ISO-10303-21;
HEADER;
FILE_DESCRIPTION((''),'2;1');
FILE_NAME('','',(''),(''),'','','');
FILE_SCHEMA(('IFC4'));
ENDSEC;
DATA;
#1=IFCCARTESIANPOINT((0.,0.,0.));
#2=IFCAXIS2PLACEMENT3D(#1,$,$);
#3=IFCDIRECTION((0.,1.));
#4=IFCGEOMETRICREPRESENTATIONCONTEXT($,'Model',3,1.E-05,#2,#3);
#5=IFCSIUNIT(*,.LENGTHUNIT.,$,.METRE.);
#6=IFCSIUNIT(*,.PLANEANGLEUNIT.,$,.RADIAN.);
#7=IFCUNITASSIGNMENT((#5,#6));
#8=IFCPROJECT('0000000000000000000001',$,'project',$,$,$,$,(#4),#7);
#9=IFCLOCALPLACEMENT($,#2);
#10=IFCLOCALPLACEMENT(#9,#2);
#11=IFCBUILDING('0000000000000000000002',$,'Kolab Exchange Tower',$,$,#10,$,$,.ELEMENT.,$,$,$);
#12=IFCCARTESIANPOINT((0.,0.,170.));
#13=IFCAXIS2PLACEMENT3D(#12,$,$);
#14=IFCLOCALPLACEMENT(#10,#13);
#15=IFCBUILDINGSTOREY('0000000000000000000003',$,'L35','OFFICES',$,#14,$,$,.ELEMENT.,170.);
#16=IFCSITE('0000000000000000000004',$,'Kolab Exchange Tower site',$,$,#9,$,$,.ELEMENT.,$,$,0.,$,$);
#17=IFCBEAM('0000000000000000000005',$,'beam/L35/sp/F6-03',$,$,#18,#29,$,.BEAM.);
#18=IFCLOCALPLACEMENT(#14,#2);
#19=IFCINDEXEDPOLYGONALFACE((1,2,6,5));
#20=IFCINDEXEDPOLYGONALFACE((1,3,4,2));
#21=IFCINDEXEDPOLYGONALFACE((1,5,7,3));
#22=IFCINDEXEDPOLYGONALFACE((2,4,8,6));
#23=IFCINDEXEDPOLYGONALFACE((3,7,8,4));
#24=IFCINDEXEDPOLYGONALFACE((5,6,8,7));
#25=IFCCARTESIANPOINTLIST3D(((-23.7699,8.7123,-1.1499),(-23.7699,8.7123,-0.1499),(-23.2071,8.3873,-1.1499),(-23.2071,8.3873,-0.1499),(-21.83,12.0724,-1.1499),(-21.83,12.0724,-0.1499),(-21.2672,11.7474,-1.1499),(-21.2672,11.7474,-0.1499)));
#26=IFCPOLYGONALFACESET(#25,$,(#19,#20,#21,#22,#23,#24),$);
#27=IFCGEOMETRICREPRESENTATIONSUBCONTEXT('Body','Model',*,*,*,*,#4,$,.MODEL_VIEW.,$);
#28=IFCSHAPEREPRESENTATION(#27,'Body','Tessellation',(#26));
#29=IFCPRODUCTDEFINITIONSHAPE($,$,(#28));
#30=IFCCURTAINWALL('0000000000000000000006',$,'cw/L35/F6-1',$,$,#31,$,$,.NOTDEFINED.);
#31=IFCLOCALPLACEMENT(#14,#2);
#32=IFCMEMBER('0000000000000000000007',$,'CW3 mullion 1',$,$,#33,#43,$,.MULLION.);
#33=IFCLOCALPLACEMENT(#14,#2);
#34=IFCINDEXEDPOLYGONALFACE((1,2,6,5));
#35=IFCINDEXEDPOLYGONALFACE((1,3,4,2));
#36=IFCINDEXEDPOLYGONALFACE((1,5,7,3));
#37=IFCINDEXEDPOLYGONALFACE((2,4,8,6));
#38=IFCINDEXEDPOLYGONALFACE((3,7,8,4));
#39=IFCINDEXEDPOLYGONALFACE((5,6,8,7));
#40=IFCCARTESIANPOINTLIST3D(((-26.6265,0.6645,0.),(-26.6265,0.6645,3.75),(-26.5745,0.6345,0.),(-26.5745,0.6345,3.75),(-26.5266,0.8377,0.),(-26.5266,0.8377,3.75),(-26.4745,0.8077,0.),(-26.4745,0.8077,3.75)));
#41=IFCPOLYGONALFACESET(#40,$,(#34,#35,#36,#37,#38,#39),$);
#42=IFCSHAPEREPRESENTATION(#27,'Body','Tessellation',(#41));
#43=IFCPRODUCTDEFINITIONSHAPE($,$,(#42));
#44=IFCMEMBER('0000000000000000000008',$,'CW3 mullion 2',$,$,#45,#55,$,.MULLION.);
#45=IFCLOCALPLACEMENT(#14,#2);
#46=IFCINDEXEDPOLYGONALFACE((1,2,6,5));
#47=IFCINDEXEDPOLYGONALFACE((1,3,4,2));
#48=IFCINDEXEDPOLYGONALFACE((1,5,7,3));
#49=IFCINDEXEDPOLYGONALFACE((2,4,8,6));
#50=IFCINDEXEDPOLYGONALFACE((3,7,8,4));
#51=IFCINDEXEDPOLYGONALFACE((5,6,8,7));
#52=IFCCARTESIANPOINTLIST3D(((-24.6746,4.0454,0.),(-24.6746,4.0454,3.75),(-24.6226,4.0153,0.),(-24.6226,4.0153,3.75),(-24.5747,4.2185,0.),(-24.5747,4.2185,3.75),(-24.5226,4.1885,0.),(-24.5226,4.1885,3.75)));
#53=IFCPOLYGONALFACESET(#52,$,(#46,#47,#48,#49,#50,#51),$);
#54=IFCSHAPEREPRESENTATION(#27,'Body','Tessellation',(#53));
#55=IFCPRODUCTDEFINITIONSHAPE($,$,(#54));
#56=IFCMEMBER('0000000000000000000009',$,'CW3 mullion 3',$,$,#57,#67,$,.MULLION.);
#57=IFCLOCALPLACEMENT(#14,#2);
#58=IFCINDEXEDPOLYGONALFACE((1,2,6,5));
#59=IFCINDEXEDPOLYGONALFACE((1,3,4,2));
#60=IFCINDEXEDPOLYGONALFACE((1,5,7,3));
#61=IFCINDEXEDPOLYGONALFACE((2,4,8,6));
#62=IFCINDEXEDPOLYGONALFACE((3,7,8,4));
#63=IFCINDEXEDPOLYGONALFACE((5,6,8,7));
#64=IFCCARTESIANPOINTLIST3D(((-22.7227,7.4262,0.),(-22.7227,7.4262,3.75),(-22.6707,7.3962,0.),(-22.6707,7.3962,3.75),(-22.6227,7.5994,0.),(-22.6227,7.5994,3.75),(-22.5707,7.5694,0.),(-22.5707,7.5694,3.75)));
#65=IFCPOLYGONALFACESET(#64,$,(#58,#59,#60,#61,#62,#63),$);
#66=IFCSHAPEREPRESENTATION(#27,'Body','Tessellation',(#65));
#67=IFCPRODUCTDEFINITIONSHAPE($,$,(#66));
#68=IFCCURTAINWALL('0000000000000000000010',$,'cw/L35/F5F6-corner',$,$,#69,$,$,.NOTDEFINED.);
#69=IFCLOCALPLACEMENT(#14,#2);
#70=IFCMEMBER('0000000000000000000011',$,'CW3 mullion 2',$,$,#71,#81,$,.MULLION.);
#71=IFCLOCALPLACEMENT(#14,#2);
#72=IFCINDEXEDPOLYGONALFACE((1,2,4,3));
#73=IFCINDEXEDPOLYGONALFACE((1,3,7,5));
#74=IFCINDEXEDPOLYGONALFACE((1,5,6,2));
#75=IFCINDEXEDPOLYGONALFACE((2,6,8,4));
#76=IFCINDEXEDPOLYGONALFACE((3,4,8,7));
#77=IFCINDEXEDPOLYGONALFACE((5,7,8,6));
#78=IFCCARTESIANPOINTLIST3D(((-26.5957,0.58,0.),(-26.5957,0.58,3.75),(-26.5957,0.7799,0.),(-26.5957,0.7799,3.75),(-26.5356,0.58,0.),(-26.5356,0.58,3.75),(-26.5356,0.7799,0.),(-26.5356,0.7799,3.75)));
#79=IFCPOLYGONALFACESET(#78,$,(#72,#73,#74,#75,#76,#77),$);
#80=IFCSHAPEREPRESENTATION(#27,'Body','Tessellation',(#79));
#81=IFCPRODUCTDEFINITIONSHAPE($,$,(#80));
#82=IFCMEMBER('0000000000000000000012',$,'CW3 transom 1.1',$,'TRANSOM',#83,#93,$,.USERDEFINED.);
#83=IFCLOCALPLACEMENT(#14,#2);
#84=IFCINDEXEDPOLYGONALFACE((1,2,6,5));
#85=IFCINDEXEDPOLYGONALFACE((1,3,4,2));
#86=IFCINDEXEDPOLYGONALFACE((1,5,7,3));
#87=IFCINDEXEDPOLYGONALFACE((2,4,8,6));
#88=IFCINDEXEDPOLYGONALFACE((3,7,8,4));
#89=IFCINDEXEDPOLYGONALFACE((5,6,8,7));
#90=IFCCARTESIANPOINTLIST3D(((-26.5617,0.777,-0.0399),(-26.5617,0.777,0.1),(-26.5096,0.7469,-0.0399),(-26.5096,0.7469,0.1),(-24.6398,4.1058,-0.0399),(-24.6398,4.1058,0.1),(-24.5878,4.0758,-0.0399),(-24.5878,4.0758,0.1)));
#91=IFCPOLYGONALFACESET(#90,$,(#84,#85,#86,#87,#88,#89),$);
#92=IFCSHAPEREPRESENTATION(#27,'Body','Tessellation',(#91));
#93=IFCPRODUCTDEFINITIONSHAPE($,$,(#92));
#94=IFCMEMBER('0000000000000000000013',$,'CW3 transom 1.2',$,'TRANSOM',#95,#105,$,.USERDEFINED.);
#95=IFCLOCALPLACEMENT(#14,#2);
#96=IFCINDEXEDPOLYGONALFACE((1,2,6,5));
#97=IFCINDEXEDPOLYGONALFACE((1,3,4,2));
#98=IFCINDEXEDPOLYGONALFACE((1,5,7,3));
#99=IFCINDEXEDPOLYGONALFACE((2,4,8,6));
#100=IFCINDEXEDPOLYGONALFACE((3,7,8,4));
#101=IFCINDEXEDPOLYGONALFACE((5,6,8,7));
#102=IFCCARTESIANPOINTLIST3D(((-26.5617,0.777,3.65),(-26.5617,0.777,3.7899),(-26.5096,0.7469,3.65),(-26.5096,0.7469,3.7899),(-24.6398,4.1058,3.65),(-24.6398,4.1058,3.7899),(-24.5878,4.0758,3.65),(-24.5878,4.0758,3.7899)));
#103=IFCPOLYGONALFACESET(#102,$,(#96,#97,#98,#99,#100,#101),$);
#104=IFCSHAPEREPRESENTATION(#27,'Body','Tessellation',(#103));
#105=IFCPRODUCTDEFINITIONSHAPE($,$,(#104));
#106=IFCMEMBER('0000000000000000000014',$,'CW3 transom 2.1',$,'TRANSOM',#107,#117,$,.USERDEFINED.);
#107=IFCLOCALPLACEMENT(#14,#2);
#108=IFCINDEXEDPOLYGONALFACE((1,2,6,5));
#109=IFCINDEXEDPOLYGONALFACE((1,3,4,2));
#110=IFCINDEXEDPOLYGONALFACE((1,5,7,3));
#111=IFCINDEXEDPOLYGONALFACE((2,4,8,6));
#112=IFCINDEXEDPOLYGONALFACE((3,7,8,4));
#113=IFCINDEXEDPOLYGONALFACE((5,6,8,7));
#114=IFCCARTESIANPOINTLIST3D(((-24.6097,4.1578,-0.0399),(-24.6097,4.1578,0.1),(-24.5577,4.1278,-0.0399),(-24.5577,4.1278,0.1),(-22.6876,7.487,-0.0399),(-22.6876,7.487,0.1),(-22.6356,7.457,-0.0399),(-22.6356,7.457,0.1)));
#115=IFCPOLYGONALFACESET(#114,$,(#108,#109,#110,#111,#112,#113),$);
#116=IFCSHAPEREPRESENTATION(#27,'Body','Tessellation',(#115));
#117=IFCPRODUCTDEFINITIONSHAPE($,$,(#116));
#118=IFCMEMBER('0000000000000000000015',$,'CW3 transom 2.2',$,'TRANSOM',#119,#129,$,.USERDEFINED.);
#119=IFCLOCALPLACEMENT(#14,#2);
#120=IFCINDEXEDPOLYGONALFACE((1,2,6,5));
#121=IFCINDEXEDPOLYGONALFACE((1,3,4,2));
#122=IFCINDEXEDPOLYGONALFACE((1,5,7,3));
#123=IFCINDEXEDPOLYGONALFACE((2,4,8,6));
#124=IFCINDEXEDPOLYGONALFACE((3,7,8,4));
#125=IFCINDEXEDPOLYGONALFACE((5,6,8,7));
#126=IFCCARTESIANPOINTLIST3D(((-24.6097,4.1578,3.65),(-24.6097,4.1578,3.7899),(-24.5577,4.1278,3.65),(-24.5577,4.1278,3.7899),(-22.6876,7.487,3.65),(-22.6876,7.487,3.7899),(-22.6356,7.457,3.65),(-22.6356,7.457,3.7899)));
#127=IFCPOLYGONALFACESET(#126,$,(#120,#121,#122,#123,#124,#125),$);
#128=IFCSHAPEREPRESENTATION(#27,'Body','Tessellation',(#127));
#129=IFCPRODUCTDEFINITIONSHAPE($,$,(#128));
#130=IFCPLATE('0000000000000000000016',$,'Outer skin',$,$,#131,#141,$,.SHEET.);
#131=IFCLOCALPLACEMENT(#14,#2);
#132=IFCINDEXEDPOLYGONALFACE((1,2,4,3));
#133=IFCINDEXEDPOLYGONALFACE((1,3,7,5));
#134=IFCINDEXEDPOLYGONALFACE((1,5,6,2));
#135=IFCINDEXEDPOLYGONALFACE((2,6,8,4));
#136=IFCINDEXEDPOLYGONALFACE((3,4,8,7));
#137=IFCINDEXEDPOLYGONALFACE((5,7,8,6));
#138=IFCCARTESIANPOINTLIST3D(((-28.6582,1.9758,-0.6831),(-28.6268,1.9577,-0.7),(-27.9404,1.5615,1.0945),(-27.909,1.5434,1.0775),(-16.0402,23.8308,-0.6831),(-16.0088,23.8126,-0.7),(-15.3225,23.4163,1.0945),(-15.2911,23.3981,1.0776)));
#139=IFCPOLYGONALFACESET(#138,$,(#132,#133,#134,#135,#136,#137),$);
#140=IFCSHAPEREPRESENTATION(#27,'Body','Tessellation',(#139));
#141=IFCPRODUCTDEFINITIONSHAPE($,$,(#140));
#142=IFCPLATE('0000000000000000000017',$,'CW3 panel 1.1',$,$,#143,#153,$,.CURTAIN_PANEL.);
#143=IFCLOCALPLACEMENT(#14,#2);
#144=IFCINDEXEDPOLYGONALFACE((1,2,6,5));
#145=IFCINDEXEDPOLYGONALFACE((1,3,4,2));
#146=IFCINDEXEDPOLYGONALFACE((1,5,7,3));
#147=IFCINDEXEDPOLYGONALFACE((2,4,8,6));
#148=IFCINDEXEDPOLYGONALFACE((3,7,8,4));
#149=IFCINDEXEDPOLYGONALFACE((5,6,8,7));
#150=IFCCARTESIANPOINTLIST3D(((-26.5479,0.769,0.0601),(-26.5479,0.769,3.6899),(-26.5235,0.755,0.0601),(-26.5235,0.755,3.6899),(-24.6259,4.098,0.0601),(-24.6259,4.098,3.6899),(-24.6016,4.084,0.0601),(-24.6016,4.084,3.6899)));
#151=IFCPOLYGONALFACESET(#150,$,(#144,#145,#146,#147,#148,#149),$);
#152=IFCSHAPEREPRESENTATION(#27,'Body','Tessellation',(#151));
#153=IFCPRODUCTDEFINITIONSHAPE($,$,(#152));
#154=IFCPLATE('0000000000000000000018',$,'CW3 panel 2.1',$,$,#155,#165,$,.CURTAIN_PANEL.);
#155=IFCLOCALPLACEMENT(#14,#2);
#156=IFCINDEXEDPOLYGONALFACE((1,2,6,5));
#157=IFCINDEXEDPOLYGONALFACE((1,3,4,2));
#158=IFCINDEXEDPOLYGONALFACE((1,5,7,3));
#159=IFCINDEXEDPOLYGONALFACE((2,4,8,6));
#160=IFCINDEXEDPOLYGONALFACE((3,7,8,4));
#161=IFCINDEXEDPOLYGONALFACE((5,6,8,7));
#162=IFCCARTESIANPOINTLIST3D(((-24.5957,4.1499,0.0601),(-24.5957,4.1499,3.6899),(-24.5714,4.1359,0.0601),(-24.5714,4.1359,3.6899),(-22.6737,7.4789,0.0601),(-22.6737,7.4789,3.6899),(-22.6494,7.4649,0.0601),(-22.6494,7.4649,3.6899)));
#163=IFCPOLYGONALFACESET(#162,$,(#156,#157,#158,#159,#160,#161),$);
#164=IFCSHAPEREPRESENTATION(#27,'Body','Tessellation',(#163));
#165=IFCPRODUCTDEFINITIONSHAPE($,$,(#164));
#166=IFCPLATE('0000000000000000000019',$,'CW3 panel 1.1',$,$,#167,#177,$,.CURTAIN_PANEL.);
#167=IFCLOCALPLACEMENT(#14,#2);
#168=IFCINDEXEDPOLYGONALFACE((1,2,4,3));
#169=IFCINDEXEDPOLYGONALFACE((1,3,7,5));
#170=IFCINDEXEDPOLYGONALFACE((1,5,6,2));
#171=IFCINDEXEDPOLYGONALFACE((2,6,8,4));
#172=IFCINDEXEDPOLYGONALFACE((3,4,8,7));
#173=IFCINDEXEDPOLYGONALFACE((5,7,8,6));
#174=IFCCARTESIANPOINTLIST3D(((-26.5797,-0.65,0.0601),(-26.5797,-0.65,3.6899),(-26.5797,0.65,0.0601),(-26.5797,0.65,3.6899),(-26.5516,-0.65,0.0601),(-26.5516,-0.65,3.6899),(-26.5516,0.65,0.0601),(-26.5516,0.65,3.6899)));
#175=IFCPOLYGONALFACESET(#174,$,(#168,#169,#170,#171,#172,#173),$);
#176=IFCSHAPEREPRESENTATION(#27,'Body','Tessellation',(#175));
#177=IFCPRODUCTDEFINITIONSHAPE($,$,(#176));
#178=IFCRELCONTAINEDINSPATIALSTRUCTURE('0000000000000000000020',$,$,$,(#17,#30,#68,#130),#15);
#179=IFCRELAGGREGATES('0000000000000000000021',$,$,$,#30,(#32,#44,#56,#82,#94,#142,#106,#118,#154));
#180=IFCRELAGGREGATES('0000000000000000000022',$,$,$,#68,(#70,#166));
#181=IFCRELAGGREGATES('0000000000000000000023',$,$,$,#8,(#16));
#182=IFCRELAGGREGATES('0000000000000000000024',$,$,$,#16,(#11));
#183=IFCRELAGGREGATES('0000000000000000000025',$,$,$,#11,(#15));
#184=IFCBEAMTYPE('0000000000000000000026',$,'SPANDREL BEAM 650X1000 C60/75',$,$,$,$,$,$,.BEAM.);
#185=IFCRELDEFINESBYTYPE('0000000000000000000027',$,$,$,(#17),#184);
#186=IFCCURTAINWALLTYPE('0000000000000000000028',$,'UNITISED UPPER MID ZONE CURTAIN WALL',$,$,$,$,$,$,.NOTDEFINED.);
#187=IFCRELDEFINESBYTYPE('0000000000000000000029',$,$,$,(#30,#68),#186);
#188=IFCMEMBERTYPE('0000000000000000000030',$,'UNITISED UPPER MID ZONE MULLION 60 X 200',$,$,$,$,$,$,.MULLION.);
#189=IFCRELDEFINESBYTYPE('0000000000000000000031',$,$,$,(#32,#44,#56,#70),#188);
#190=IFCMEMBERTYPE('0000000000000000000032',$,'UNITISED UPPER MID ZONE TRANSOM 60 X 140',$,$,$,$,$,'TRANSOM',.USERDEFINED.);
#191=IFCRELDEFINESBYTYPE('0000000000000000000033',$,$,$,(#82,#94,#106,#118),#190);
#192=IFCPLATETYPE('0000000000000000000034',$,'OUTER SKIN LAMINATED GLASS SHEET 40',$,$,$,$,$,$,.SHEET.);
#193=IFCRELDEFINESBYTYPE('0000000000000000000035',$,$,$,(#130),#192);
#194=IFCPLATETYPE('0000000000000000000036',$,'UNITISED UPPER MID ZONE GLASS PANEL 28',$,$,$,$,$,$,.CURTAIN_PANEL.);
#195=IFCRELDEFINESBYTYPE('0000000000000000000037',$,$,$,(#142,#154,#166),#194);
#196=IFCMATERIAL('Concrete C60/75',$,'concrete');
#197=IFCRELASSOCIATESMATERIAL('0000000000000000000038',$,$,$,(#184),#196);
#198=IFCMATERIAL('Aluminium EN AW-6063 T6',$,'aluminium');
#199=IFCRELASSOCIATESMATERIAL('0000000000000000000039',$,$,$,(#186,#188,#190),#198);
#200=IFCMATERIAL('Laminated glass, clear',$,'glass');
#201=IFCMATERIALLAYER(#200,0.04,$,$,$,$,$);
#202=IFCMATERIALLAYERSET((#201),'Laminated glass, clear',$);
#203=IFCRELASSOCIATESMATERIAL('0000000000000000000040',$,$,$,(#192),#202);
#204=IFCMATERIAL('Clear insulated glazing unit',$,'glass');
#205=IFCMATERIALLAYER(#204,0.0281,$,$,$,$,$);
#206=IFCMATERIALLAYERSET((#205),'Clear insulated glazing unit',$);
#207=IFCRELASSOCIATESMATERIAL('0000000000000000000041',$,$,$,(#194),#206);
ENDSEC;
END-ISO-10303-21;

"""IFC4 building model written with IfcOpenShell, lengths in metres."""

from ifc_helpers import new_model, si_unit, direction, frame, origin, origin_2d, place, context, subcontext, project, spatial, polyline, rectangle, outline, extrude, material, layer, layer_set, material_profile, profile_set, type_object, element, aggregate, save


model = new_model("IFC4")

# Units and contexts
model_context = context("Model", 3, precision=1e-05, world=origin(), true_north=direction((0.0, 1.0)))
body_context = subcontext(model_context, "Body", "Model", "MODEL_VIEW")
ifc_project = project(units=[si_unit("LENGTHUNIT", "METRE"), si_unit("PLANEANGLEUNIT", "RADIAN")], contexts=[model_context])

# Site, building, storey
site_placement = place(None, origin())
site = spatial("IfcSite", under=ifc_project, at=site_placement, Name="Kolab Exchange Tower site", CompositionType="ELEMENT", RefElevation=0.0)
building_placement = place(site_placement, origin())
building = spatial("IfcBuilding", under=site, at=building_placement, Name="Kolab Exchange Tower", CompositionType="ELEMENT")
storey_placement = place(building_placement, frame((0.0, 0.0, 170.0)))
storey = spatial("IfcBuildingStorey", under=building, at=storey_placement, Name="L35", Description="OFFICES", CompositionType="ELEMENT", Elevation=170.0)

# Shared definitions
ifc_material_1 = material(Name="Concrete C60/75", Category="concrete")

# Beam
ifc_material_profile_1 = material_profile(ifc_material_1, rectangle(XDim=0.6499, YDim=1.0, at=origin_2d()), Name="RC650X1000")
ifc_profile_set_1 = profile_set([ifc_material_profile_1], Name="Concrete C60/75")
beam_type_1 = type_object("IfcBeamType", Name="SPANDREL BEAM 650X1000 C60/75", PredefinedType="BEAM", material=ifc_profile_set_1)
for number, where, z_axis, x_axis, name in (
    (1, (-23.4885, 8.5498, -0.6499), (0.499997, 0.866027, 0.0), (-0.866027, 0.499997, 0.0), "beam/L35/sp/F6-03"),
):
    element("IfcBeam", number, at=place(storey_placement, frame(where, z_axis=z_axis, x_axis=x_axis)), inside=storey, type_object=beam_type_1, Name=name, PredefinedType="BEAM", context=body_context, shape_type="SweptSolid", body=[
        extrude(rectangle(XDim=0.6499, YDim=1.0, at=origin_2d()), origin(), (0.0, 0.0, 1.0), 3.8799),
    ])

# Curtain wall, members
ifc_material_2 = material(Name="Aluminium EN AW-6063 T6", Category="aluminium")
curtain_wall_type = type_object("IfcCurtainWallType", Name="UNITISED UPPER MID ZONE CURTAIN WALL", PredefinedType="NOTDEFINED", material=ifc_material_2)
curtain_wall_1_placement = place(storey_placement, origin())
curtain_wall_1 = element("IfcCurtainWall", 2, at=curtain_wall_1_placement, inside=storey, type_object=curtain_wall_type, Name="cw/L35/F6-1", PredefinedType="NOTDEFINED")
ifc_material_profile_2 = material_profile(ifc_material_2, rectangle(XDim=0.0601, YDim=0.2, at=origin_2d()), Name="RECT 60X200")
ifc_profile_set_2 = profile_set([ifc_material_profile_2], Name="Aluminium EN AW-6063 T6")
member_type_1 = type_object("IfcMemberType", Name="UNITISED UPPER MID ZONE MULLION 60 X 200", PredefinedType="MULLION", material=ifc_profile_set_2)
member_1_placement = place(storey_placement, frame((-26.5505, 0.7361, 0.0), z_axis=(0.0, 0.0, 1.0), x_axis=(-0.866025, 0.5, 0.0)))
member_1 = element("IfcMember", 3, at=member_1_placement, type_object=member_type_1, Name="CW3 mullion 1", PredefinedType="MULLION", context=body_context, shape_type="SweptSolid", body=[
    extrude(rectangle(XDim=0.0601, YDim=0.2, at=origin_2d()), origin(), (0.0, 0.0, 1.0), 3.75),
])
member_2_placement = place(storey_placement, frame((-24.5986, 4.1169, 0.0), z_axis=(0.0, 0.0, 1.0), x_axis=(-0.866025, 0.5, 0.0)))
member_2 = element("IfcMember", 4, at=member_2_placement, type_object=member_type_1, Name="CW3 mullion 2", PredefinedType="MULLION", context=body_context, shape_type="SweptSolid", body=[
    extrude(rectangle(XDim=0.0601, YDim=0.2, at=origin_2d()), origin(), (0.0, 0.0, 1.0), 3.75),
])
member_3_placement = place(storey_placement, frame((-22.6467, 7.4978, 0.0), z_axis=(0.0, 0.0, 1.0), x_axis=(-0.866025, 0.5, 0.0)))
member_3 = element("IfcMember", 5, at=member_3_placement, type_object=member_type_1, Name="CW3 mullion 3", PredefinedType="MULLION", context=body_context, shape_type="SweptSolid", body=[
    extrude(rectangle(XDim=0.0601, YDim=0.2, at=origin_2d()), origin(), (0.0, 0.0, 1.0), 3.75),
])

# Curtain wall, member
curtain_wall_2_placement = place(storey_placement, origin())
curtain_wall_2 = element("IfcCurtainWall", 6, at=curtain_wall_2_placement, inside=storey, type_object=curtain_wall_type, Name="cw/L35/F5F6-corner", PredefinedType="NOTDEFINED")
member_4_placement = place(storey_placement, frame((-26.5657, 0.6799, 0.0), z_axis=(0.0, 0.0, 1.0), x_axis=(-1.0, 0.0, 0.0)))
member_4 = element("IfcMember", 7, at=member_4_placement, type_object=member_type_1, Name="CW3 mullion 2", PredefinedType="MULLION", context=body_context, shape_type="SweptSolid", body=[
    extrude(rectangle(XDim=0.0601, YDim=0.2, at=origin_2d()), origin(), (0.0, 0.0, 1.0), 3.75),
])

# Members
ifc_material_profile_3 = material_profile(ifc_material_2, rectangle(XDim=0.0601, YDim=0.1399, at=origin_2d()), Name="RECT 60X140")
ifc_profile_set_3 = profile_set([ifc_material_profile_3], Name="Aluminium EN AW-6063 T6")
member_type_2 = type_object("IfcMemberType", Name="UNITISED UPPER MID ZONE TRANSOM 60 X 140", ElementType="TRANSOM", PredefinedType="USERDEFINED", material=ifc_profile_set_3)
member_5_placement = place(storey_placement, frame((-26.5356, 0.762, 0.03), z_axis=(0.499992, 0.86603, 0.0), x_axis=(-0.86603, 0.499992, 0.0)))
member_5 = element("IfcMember", 8, at=member_5_placement, type_object=member_type_2, Name="CW3 transom 1.1", ObjectType="TRANSOM", PredefinedType="USERDEFINED", context=body_context, shape_type="SweptSolid", body=[
    extrude(rectangle(XDim=0.0601, YDim=0.1399, at=origin_2d()), origin(), (0.0, 0.0, 1.0), 3.8438),
])
member_6_placement = place(storey_placement, frame((-26.5356, 0.762, 3.72), z_axis=(0.499992, 0.86603, 0.0), x_axis=(-0.86603, 0.499992, 0.0)))
member_6 = element("IfcMember", 9, at=member_6_placement, type_object=member_type_2, Name="CW3 transom 1.2", ObjectType="TRANSOM", PredefinedType="USERDEFINED", context=body_context, shape_type="SweptSolid", body=[
    extrude(rectangle(XDim=0.0601, YDim=0.1399, at=origin_2d()), origin(), (0.0, 0.0, 1.0), 3.8438),
])
member_7_placement = place(storey_placement, frame((-24.5837, 4.1428, 0.03), z_axis=(0.500012, 0.866018, 0.0), x_axis=(-0.866018, 0.500012, 0.0)))
member_7 = element("IfcMember", 10, at=member_7_placement, type_object=member_type_2, Name="CW3 transom 2.1", ObjectType="TRANSOM", PredefinedType="USERDEFINED", context=body_context, shape_type="SweptSolid", body=[
    extrude(rectangle(XDim=0.0601, YDim=0.1399, at=origin_2d()), origin(), (0.0, 0.0, 1.0), 3.8442),
])
member_8_placement = place(storey_placement, frame((-24.5837, 4.1428, 3.72), z_axis=(0.500012, 0.866018, 0.0), x_axis=(-0.866018, 0.500012, 0.0)))
member_8 = element("IfcMember", 11, at=member_8_placement, type_object=member_type_2, Name="CW3 transom 2.2", ObjectType="TRANSOM", PredefinedType="USERDEFINED", context=body_context, shape_type="SweptSolid", body=[
    extrude(rectangle(XDim=0.0601, YDim=0.1399, at=origin_2d()), origin(), (0.0, 0.0, 1.0), 3.8442),
])

# Plates
ifc_material_3 = material(Name="Laminated glass, clear", Category="glass")
ifc_layer_1 = layer(ifc_material_3, 0.04)
ifc_layer_set_1 = layer_set([ifc_layer_1], Name="Laminated glass, clear")
plate_type_1 = type_object("IfcPlateType", Name="OUTER SKIN LAMINATED GLASS SHEET 40", PredefinedType="SHEET", material=ifc_layer_set_1)
plate_1_placement = place(storey_placement, frame((-28.6582, 1.9758, -0.6831), z_axis=(-0.784899, 0.453162, 0.422585), x_axis=(0.5, 0.866025, -0.000001)))
element("IfcPlate", 12, at=plate_1_placement, inside=storey, type_object=plate_type_1, Name="Outer skin", PredefinedType="SHEET", context=body_context, shape_type="SweptSolid", body=[
    extrude(outline(polyline([(0.0, 0.0), (25.2359, 0.0), (25.2358, -1.9613), (0.0001, -1.9613), (0.0, 0.0)])), origin(), (0.0, 0.0, -1.0), 0.04),
])
ifc_material_4 = material(Name="Clear insulated glazing unit", Category="glass")
ifc_layer_2 = layer(ifc_material_4, 0.0281)
ifc_layer_set_2 = layer_set([ifc_layer_2], Name="Clear insulated glazing unit")
plate_type_2 = type_object("IfcPlateType", Name="UNITISED UPPER MID ZONE GLASS PANEL 28", PredefinedType="CURTAIN_PANEL", material=ifc_layer_set_2)
plate_2_placement = place(storey_placement, frame((-25.5747, 2.4265, 0.0601), z_axis=(0.0, 0.0, 1.0), x_axis=(0.5, 0.866025, 0.0)))
plate_2 = element("IfcPlate", 13, at=plate_2_placement, type_object=plate_type_2, Name="CW3 panel 1.1", PredefinedType="CURTAIN_PANEL", context=body_context, shape_type="SweptSolid", body=[
    extrude(rectangle(XDim=3.844, YDim=0.0281, at=origin_2d()), origin(), (0.0, 0.0, 1.0), 3.6299),
])
plate_3_placement = place(storey_placement, frame((-23.6226, 5.8074, 0.0601), z_axis=(0.0, 0.0, 1.0), x_axis=(0.5, 0.866025, 0.0)))
plate_3 = element("IfcPlate", 14, at=plate_3_placement, type_object=plate_type_2, Name="CW3 panel 2.1", PredefinedType="CURTAIN_PANEL", context=body_context, shape_type="SweptSolid", body=[
    extrude(rectangle(XDim=3.844, YDim=0.0281, at=origin_2d()), origin(), (0.0, 0.0, 1.0), 3.6299),
])
aggregate(curtain_wall_1, [member_1, member_2, member_3, member_5, member_6, plate_2, member_7, member_8, plate_3])
plate_4_placement = place(storey_placement, frame((-26.5657, 0.0, 0.0601), z_axis=(0.0, 0.0, 1.0), x_axis=(0.0, 1.0, 0.0)))
plate_4 = element("IfcPlate", 15, at=plate_4_placement, type_object=plate_type_2, Name="CW3 panel 1.1", PredefinedType="CURTAIN_PANEL", context=body_context, shape_type="SweptSolid", body=[
    extrude(rectangle(XDim=1.3, YDim=0.0281, at=origin_2d()), origin(), (0.0, 0.0, 1.0), 3.6299),
])
aggregate(curtain_wall_2, [member_4, plate_4])

save(model, "model.ifc")
